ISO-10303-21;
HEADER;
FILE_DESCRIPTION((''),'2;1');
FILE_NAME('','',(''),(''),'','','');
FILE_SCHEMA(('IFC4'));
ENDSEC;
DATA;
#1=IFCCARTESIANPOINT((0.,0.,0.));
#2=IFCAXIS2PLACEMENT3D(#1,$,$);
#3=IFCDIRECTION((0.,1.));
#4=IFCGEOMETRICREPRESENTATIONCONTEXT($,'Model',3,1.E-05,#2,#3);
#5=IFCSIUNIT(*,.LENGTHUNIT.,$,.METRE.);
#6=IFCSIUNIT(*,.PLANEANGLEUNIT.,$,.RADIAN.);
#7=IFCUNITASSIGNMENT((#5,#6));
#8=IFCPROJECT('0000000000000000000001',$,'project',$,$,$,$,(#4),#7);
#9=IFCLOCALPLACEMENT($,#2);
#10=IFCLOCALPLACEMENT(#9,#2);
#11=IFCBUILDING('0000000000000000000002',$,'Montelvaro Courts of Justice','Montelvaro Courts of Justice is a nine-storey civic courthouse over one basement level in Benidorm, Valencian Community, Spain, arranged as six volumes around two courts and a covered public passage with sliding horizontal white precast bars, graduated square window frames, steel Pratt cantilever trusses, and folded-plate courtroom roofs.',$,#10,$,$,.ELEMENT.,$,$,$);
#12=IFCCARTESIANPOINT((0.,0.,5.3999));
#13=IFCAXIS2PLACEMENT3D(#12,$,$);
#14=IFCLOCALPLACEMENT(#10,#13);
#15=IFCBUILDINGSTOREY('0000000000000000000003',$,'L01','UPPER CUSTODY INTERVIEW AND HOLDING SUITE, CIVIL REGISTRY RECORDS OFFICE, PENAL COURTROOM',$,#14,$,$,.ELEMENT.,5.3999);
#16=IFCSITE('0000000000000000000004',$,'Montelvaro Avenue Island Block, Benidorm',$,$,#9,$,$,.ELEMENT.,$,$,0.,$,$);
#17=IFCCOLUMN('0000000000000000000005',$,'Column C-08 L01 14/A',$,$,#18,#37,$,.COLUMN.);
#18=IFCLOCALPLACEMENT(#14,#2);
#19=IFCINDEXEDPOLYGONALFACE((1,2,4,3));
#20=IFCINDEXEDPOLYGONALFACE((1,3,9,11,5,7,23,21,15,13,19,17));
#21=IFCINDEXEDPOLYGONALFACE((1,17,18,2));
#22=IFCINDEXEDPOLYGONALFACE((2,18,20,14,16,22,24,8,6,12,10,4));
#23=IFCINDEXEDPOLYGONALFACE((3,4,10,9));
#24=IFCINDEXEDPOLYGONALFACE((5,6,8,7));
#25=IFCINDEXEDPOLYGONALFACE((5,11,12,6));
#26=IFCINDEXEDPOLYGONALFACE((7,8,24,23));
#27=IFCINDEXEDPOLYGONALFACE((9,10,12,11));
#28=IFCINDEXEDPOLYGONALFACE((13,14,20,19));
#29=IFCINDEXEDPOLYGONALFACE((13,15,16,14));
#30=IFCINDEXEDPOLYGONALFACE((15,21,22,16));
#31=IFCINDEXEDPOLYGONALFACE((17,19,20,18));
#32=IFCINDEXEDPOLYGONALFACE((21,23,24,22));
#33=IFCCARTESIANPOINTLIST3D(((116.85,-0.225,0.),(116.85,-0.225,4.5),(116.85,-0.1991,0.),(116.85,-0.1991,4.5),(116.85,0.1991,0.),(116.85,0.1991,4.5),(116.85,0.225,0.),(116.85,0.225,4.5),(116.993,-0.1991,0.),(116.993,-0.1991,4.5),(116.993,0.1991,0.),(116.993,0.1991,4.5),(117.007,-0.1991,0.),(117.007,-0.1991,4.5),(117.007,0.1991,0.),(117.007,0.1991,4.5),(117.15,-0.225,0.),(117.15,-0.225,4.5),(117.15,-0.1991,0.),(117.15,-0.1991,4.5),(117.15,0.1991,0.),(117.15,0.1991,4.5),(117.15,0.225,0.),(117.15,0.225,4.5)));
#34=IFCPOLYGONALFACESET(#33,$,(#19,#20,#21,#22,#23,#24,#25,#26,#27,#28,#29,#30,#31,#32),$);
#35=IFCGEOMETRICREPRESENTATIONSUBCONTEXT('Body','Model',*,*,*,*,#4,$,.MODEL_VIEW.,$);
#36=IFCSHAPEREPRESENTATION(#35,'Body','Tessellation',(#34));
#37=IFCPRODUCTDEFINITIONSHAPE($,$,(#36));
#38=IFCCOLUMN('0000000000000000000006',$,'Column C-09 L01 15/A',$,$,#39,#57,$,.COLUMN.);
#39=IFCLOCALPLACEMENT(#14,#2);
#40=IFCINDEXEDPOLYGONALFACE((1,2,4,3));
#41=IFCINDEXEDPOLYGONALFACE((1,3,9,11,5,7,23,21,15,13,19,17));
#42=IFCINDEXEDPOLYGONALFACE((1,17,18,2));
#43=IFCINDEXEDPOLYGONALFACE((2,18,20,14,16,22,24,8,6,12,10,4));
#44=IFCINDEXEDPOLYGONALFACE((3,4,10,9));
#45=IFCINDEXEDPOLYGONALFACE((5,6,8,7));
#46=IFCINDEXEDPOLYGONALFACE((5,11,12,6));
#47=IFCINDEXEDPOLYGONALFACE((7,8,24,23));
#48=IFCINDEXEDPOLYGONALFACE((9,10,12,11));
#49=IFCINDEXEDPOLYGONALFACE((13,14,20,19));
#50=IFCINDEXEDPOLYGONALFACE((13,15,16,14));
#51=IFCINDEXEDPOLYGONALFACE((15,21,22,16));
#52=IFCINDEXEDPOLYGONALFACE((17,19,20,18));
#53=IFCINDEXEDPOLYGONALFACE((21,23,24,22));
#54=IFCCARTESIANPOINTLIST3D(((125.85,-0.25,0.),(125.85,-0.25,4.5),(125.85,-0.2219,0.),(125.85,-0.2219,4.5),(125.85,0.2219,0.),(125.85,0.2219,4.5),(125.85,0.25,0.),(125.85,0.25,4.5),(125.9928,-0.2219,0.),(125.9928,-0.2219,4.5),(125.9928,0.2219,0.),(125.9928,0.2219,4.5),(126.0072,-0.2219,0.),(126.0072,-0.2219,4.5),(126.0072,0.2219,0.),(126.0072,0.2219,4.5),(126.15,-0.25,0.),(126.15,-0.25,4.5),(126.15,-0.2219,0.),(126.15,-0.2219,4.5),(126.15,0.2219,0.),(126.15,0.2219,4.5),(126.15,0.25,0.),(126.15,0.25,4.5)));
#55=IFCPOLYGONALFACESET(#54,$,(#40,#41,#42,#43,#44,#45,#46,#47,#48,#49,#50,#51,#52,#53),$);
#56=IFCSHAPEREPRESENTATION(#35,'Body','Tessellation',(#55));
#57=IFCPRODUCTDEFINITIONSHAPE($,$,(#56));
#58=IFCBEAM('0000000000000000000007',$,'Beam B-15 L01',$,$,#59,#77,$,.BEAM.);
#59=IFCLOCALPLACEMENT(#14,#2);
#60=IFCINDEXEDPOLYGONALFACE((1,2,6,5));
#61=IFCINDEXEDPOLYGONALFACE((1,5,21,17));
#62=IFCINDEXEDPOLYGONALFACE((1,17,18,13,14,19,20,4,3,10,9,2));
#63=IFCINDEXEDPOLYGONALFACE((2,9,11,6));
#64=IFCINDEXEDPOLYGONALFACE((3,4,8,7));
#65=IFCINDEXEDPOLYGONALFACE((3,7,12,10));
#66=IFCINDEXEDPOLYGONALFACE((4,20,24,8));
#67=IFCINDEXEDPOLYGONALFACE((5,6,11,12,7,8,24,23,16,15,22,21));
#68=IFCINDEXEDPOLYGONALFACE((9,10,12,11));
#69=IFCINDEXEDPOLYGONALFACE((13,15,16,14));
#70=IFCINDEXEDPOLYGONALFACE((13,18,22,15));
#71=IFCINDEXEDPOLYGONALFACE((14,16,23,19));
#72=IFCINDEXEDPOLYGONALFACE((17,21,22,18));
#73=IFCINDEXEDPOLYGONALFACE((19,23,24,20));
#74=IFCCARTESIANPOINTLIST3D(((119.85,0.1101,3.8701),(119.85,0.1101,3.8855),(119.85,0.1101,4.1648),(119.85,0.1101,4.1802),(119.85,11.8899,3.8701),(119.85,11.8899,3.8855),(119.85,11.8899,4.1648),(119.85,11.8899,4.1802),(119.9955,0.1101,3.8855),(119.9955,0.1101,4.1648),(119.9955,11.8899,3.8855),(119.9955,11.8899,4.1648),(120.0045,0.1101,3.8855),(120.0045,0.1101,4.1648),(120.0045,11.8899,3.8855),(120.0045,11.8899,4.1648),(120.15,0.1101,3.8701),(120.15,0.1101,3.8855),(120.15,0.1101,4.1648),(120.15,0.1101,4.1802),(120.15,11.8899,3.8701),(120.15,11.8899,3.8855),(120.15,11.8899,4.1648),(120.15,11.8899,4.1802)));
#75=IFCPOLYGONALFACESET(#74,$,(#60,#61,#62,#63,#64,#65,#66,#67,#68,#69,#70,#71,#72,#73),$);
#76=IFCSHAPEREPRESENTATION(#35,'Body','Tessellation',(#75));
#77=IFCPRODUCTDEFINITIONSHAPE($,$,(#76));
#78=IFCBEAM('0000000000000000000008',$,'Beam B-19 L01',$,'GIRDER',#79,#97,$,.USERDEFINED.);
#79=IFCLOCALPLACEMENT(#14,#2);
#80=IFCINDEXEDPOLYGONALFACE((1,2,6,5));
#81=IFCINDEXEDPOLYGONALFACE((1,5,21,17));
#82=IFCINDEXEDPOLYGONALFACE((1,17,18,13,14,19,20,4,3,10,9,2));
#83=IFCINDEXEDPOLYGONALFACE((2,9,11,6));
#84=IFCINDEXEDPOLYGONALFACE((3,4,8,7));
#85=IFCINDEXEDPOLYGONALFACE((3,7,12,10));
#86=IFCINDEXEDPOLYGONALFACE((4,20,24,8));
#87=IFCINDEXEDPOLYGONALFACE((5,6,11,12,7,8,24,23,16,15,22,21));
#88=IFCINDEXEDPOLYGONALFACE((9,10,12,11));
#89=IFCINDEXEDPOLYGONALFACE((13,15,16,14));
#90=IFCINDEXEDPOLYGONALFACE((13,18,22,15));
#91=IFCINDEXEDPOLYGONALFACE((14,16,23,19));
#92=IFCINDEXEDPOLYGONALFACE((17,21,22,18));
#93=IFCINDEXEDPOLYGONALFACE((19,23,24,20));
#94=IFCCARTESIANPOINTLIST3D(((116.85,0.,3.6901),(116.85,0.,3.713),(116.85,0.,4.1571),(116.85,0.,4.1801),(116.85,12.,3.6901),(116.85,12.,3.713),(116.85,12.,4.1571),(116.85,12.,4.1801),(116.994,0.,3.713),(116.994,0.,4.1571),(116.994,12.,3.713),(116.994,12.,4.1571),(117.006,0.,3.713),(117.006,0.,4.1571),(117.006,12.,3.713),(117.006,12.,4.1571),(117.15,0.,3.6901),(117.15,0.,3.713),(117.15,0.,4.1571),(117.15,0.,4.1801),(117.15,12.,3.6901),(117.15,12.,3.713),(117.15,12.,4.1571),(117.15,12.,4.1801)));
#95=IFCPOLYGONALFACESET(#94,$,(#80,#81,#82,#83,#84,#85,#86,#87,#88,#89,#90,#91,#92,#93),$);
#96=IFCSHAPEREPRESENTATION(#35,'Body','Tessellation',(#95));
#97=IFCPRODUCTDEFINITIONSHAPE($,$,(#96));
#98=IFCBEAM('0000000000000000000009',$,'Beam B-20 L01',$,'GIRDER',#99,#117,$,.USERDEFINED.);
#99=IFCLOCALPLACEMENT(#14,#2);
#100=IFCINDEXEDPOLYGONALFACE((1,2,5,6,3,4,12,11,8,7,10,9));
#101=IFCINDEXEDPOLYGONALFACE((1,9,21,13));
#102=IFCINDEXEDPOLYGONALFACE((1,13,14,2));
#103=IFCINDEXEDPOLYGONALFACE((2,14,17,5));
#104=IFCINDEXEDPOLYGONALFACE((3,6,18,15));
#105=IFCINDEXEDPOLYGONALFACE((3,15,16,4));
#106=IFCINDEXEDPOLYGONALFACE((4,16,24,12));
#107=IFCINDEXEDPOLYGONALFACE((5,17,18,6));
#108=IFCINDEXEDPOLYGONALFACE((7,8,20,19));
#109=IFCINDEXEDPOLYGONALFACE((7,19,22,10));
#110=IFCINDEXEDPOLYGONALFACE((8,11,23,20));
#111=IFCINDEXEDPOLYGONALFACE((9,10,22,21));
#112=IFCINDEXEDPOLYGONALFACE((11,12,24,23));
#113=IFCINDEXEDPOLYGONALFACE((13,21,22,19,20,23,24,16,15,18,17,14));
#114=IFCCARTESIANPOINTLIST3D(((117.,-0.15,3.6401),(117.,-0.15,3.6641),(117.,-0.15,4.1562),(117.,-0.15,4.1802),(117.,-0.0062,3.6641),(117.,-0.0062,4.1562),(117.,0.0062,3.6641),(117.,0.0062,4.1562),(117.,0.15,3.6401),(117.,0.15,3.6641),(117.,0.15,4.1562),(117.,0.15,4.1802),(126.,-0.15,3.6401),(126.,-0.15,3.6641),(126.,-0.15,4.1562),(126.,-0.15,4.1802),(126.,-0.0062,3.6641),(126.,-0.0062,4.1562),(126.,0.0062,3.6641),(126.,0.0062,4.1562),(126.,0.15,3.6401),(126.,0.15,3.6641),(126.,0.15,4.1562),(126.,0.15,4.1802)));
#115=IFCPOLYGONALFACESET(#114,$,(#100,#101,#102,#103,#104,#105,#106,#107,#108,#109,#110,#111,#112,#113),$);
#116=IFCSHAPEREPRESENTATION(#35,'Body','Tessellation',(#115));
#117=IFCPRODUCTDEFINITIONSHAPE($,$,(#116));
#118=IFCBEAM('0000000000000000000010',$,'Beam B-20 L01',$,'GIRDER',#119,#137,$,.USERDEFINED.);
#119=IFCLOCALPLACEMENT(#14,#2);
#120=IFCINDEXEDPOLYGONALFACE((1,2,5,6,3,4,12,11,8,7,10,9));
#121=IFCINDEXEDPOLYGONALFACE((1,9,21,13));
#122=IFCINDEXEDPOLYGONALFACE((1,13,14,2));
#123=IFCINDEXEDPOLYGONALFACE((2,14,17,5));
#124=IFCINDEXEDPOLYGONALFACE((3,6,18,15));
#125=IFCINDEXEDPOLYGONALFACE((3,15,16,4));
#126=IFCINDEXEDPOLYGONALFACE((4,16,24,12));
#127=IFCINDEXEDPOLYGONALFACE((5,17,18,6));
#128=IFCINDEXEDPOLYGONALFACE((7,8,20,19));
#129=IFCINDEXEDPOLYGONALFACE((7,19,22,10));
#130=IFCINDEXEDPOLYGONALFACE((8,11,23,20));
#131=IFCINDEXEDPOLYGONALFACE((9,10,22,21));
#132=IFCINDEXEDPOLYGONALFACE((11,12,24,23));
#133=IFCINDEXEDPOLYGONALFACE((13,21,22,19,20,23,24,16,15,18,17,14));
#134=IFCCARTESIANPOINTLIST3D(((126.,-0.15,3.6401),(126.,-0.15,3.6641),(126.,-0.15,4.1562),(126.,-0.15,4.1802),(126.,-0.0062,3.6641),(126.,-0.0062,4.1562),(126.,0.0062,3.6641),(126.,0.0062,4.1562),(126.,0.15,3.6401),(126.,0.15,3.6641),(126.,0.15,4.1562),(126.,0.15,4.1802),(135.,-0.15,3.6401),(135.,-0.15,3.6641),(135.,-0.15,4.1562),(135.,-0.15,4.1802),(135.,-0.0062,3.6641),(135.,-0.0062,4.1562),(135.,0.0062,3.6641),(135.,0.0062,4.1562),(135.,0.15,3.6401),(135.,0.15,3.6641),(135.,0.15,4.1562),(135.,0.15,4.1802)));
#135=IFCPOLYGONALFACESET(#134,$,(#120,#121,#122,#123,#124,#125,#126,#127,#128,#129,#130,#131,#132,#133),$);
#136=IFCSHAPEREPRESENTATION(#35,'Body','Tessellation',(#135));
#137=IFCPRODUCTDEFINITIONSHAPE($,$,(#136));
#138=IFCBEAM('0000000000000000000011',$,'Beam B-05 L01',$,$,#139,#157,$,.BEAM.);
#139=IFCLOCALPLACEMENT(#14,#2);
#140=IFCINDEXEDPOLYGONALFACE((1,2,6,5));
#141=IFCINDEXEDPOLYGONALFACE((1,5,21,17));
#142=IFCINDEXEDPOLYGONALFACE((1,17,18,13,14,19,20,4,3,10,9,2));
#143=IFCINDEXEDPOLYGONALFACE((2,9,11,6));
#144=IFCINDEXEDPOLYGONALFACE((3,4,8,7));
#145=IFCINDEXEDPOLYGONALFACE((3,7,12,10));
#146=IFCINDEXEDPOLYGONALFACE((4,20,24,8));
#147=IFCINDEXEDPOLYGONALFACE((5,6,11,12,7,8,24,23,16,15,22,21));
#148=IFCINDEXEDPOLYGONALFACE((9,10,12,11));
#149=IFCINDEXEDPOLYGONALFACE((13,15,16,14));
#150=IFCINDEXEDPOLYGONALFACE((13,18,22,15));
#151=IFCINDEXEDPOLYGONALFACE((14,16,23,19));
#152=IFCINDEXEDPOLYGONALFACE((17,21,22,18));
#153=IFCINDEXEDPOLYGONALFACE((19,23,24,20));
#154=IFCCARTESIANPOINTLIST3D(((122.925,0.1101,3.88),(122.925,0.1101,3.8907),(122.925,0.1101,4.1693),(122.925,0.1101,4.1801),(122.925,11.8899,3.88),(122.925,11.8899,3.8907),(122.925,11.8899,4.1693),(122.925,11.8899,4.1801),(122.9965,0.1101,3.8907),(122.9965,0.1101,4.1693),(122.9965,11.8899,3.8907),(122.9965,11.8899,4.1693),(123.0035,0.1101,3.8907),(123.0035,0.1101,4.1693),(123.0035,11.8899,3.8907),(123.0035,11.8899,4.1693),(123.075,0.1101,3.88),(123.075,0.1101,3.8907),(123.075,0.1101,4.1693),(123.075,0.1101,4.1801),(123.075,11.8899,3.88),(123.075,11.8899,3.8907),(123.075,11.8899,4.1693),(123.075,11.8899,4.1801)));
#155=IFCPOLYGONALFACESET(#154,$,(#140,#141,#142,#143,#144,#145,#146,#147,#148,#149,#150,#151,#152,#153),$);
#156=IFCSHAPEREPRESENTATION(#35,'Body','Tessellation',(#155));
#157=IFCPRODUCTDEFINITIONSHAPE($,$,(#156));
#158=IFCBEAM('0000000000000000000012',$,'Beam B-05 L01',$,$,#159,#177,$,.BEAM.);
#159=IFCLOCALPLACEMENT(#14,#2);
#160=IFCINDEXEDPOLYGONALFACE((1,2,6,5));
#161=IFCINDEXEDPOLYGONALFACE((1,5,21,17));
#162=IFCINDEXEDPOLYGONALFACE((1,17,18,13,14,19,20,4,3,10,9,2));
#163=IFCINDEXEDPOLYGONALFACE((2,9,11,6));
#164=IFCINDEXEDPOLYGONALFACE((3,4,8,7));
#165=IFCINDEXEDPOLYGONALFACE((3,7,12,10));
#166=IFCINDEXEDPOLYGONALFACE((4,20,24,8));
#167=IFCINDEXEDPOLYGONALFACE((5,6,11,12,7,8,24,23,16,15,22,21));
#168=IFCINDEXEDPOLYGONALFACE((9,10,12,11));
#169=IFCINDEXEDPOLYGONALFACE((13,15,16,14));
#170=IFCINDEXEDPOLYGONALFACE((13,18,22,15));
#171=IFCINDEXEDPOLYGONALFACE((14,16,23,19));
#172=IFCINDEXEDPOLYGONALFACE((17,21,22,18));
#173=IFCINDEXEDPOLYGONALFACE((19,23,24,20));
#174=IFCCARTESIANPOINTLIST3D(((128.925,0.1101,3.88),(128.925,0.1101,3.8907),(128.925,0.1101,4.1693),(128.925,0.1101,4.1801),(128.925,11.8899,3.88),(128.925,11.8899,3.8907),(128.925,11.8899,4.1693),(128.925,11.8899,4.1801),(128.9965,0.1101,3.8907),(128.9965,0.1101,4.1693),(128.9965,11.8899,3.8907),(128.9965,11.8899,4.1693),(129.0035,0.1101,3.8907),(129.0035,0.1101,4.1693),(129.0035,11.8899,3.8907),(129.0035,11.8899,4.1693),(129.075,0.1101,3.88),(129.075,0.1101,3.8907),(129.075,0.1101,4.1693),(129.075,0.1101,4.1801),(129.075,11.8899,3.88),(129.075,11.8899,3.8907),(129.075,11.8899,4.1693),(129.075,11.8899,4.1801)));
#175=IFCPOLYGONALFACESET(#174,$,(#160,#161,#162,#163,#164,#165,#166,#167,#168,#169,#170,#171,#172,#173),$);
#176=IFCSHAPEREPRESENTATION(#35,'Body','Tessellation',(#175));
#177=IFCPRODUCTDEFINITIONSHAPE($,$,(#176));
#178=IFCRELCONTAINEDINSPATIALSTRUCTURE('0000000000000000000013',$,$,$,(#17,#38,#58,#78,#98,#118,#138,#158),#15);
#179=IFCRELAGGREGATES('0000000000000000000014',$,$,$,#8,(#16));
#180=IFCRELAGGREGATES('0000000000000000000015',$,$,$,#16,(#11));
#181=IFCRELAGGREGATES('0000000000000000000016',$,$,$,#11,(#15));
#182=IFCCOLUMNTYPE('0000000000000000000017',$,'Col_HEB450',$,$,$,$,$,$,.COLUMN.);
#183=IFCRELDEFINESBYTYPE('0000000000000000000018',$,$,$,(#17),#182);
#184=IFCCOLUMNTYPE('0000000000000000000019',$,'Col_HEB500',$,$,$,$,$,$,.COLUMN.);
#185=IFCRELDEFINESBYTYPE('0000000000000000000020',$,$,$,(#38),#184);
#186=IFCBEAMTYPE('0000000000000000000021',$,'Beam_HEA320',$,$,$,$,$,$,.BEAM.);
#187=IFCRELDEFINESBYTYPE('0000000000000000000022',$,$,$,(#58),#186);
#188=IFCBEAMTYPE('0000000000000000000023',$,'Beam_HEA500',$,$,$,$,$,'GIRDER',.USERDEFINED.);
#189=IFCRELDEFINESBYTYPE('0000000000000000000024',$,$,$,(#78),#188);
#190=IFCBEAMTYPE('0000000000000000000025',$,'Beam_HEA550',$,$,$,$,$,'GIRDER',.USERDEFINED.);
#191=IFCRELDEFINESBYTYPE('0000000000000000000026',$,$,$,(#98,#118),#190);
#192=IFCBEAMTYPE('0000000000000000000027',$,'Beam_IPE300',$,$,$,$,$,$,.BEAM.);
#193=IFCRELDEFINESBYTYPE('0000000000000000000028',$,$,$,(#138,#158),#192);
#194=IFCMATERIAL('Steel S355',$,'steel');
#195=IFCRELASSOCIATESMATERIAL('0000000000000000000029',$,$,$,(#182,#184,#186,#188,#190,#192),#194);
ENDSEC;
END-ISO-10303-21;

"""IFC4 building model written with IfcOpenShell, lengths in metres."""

from ifc_helpers import new_model, si_unit, direction, frame, origin, origin_2d, place, context, subcontext, project, spatial, i_section, extrude, material, material_profile, profile_set, type_object, element, save


model = new_model("IFC4")

# Units and contexts
model_context = context("Model", 3, precision=1e-05, world=origin(), true_north=direction((0.0, 1.0)))
body_context = subcontext(model_context, "Body", "Model", "MODEL_VIEW")
ifc_project = project(units=[si_unit("LENGTHUNIT", "METRE"), si_unit("PLANEANGLEUNIT", "RADIAN")], contexts=[model_context])

# Site, building, storey
site_placement = place(None, origin())
site = spatial("IfcSite", under=ifc_project, at=site_placement, Name="Montelvaro Avenue Island Block, Benidorm", CompositionType="ELEMENT", RefElevation=0.0)
building_placement = place(site_placement, origin())
building = spatial("IfcBuilding", under=site, at=building_placement, Name="Montelvaro Courts of Justice", Description="Montelvaro Courts of Justice is a nine-storey civic courthouse over one basement level in Benidorm, Valencian Community, Spain, arranged as six volumes around two courts and a covered public passage with sliding horizontal white precast bars, graduated square window frames, steel Pratt cantilever trusses, and folded-plate courtroom roofs.", CompositionType="ELEMENT")
storey_placement = place(building_placement, frame((0.0, 0.0, 5.3999)))
storey = spatial("IfcBuildingStorey", under=building, at=storey_placement, Name="L01", Description="UPPER CUSTODY INTERVIEW AND HOLDING SUITE, CIVIL REGISTRY RECORDS OFFICE, PENAL COURTROOM", CompositionType="ELEMENT", Elevation=5.3999)

# Columns
ifc_material_1 = material(Name="Steel S355", Category="steel")
ifc_material_profile_1 = material_profile(ifc_material_1, i_section(OverallWidth=0.3, OverallDepth=0.45, WebThickness=0.0139, FlangeThickness=0.0259, at=origin_2d()), Name="HEB 450")
ifc_profile_set_1 = profile_set([ifc_material_profile_1], Name="Steel S355")
column_type_1 = type_object("IfcColumnType", Name="Col_HEB450", PredefinedType="COLUMN", material=ifc_profile_set_1)
column_1_placement = place(storey_placement, frame((117.0, 0.0, 0.0), z_axis=(0.0, 0.0, 1.0), x_axis=(1.0, 0.0, 0.0)))
element("IfcColumn", 1, at=column_1_placement, inside=storey, type_object=column_type_1, Name="Column C-08 L01 14/A", PredefinedType="COLUMN", context=body_context, shape_type="SweptSolid", body=[
    extrude(i_section(OverallWidth=0.3, OverallDepth=0.45, WebThickness=0.0139, FlangeThickness=0.0259, at=origin_2d()), origin(), (0.0, 0.0, 1.0), 4.5),
])
ifc_material_profile_2 = material_profile(ifc_material_1, i_section(OverallWidth=0.3, OverallDepth=0.5, WebThickness=0.0144, FlangeThickness=0.0281, at=origin_2d()), Name="HEB 500")
ifc_profile_set_2 = profile_set([ifc_material_profile_2], Name="Steel S355")
column_type_2 = type_object("IfcColumnType", Name="Col_HEB500", PredefinedType="COLUMN", material=ifc_profile_set_2)
column_2_placement = place(storey_placement, frame((126.0, 0.0, 0.0), z_axis=(0.0, 0.0, 1.0), x_axis=(1.0, 0.0, 0.0)))
element("IfcColumn", 2, at=column_2_placement, inside=storey, type_object=column_type_2, Name="Column C-09 L01 15/A", PredefinedType="COLUMN", context=body_context, shape_type="SweptSolid", body=[
    extrude(i_section(OverallWidth=0.3, OverallDepth=0.5, WebThickness=0.0144, FlangeThickness=0.0281, at=origin_2d()), origin(), (0.0, 0.0, 1.0), 4.5),
])

# Beams
ifc_material_profile_3 = material_profile(ifc_material_1, i_section(OverallWidth=0.3, OverallDepth=0.3101, WebThickness=0.009, FlangeThickness=0.0154, at=origin_2d()), Name="HEA 320")
ifc_profile_set_3 = profile_set([ifc_material_profile_3], Name="Steel S355")
beam_type_1 = type_object("IfcBeamType", Name="Beam_HEA320", PredefinedType="BEAM", material=ifc_profile_set_3)
beam_1_placement = place(storey_placement, frame((120.0, 0.1101, 4.0251), z_axis=(0.0, 1.0, 0.0), x_axis=(-1.0, 0.0, 0.0)))
element("IfcBeam", 3, at=beam_1_placement, inside=storey, type_object=beam_type_1, Name="Beam B-15 L01", PredefinedType="BEAM", context=body_context, shape_type="SweptSolid", body=[
    extrude(i_section(OverallWidth=0.3, OverallDepth=0.3101, WebThickness=0.009, FlangeThickness=0.0154, at=origin_2d()), origin(), (0.0, 0.0, 1.0), 11.7798),
])
ifc_material_profile_4 = material_profile(ifc_material_1, i_section(OverallWidth=0.3, OverallDepth=0.49, WebThickness=0.012, FlangeThickness=0.0229, at=origin_2d()), Name="HEA 500")
ifc_profile_set_4 = profile_set([ifc_material_profile_4], Name="Steel S355")
beam_type_2 = type_object("IfcBeamType", Name="Beam_HEA500", ElementType="GIRDER", PredefinedType="USERDEFINED", material=ifc_profile_set_4)
beam_2_placement = place(storey_placement, frame((117.0, 0.0, 3.9351), z_axis=(0.0, 1.0, 0.0), x_axis=(-1.0, 0.0, 0.0)))
element("IfcBeam", 4, at=beam_2_placement, inside=storey, type_object=beam_type_2, Name="Beam B-19 L01", ObjectType="GIRDER", PredefinedType="USERDEFINED", context=body_context, shape_type="SweptSolid", body=[
    extrude(i_section(OverallWidth=0.3, OverallDepth=0.49, WebThickness=0.012, FlangeThickness=0.0229, at=origin_2d()), origin(), (0.0, 0.0, 1.0), 12.0),
])
ifc_material_profile_5 = material_profile(ifc_material_1, i_section(OverallWidth=0.3, OverallDepth=0.54, WebThickness=0.0125, FlangeThickness=0.0239, at=origin_2d()), Name="HEA 550")
ifc_profile_set_5 = profile_set([ifc_material_profile_5], Name="Steel S355")
beam_type_3 = type_object("IfcBeamType", Name="Beam_HEA550", ElementType="GIRDER", PredefinedType="USERDEFINED", material=ifc_profile_set_5)
for number, where, z_axis, x_axis, name in (
    (5, (117.0, 0.0, 3.9102), (1.0, 0.0, 0.0), (0.0, 1.0, 0.0), "Beam B-20 L01"),
    (6, (126.0, 0.0, 3.9102), (1.0, 0.0, 0.0), (0.0, 1.0, 0.0), "Beam B-20 L01"),
):
    element("IfcBeam", number, at=place(storey_placement, frame(where, z_axis=z_axis, x_axis=x_axis)), inside=storey, type_object=beam_type_3, Name=name, ObjectType="GIRDER", PredefinedType="USERDEFINED", context=body_context, shape_type="SweptSolid", body=[
        extrude(i_section(OverallWidth=0.3, OverallDepth=0.54, WebThickness=0.0125, FlangeThickness=0.0239, at=origin_2d()), origin(), (0.0, 0.0, 1.0), 9.0),
    ])
ifc_material_profile_6 = material_profile(ifc_material_1, i_section(OverallWidth=0.1499, OverallDepth=0.3, WebThickness=0.0071, FlangeThickness=0.0107, at=origin_2d()), Name="IPE 300")
ifc_profile_set_6 = profile_set([ifc_material_profile_6], Name="Steel S355")
beam_type_4 = type_object("IfcBeamType", Name="Beam_IPE300", PredefinedType="BEAM", material=ifc_profile_set_6)
for number, where, z_axis, x_axis, name in (
    (7, (123.0, 0.1101, 4.03), (0.0, 1.0, 0.0), (-1.0, 0.0, 0.0), "Beam B-05 L01"),
    (8, (129.0, 0.1101, 4.03), (0.0, 1.0, 0.0), (-1.0, 0.0, 0.0), "Beam B-05 L01"),
):
    element("IfcBeam", number, at=place(storey_placement, frame(where, z_axis=z_axis, x_axis=x_axis)), inside=storey, type_object=beam_type_4, Name=name, PredefinedType="BEAM", context=body_context, shape_type="SweptSolid", body=[
        extrude(i_section(OverallWidth=0.1499, OverallDepth=0.3, WebThickness=0.0071, FlangeThickness=0.0107, at=origin_2d()), origin(), (0.0, 0.0, 1.0), 11.7798),
    ])

save(model, "model.ifc")
